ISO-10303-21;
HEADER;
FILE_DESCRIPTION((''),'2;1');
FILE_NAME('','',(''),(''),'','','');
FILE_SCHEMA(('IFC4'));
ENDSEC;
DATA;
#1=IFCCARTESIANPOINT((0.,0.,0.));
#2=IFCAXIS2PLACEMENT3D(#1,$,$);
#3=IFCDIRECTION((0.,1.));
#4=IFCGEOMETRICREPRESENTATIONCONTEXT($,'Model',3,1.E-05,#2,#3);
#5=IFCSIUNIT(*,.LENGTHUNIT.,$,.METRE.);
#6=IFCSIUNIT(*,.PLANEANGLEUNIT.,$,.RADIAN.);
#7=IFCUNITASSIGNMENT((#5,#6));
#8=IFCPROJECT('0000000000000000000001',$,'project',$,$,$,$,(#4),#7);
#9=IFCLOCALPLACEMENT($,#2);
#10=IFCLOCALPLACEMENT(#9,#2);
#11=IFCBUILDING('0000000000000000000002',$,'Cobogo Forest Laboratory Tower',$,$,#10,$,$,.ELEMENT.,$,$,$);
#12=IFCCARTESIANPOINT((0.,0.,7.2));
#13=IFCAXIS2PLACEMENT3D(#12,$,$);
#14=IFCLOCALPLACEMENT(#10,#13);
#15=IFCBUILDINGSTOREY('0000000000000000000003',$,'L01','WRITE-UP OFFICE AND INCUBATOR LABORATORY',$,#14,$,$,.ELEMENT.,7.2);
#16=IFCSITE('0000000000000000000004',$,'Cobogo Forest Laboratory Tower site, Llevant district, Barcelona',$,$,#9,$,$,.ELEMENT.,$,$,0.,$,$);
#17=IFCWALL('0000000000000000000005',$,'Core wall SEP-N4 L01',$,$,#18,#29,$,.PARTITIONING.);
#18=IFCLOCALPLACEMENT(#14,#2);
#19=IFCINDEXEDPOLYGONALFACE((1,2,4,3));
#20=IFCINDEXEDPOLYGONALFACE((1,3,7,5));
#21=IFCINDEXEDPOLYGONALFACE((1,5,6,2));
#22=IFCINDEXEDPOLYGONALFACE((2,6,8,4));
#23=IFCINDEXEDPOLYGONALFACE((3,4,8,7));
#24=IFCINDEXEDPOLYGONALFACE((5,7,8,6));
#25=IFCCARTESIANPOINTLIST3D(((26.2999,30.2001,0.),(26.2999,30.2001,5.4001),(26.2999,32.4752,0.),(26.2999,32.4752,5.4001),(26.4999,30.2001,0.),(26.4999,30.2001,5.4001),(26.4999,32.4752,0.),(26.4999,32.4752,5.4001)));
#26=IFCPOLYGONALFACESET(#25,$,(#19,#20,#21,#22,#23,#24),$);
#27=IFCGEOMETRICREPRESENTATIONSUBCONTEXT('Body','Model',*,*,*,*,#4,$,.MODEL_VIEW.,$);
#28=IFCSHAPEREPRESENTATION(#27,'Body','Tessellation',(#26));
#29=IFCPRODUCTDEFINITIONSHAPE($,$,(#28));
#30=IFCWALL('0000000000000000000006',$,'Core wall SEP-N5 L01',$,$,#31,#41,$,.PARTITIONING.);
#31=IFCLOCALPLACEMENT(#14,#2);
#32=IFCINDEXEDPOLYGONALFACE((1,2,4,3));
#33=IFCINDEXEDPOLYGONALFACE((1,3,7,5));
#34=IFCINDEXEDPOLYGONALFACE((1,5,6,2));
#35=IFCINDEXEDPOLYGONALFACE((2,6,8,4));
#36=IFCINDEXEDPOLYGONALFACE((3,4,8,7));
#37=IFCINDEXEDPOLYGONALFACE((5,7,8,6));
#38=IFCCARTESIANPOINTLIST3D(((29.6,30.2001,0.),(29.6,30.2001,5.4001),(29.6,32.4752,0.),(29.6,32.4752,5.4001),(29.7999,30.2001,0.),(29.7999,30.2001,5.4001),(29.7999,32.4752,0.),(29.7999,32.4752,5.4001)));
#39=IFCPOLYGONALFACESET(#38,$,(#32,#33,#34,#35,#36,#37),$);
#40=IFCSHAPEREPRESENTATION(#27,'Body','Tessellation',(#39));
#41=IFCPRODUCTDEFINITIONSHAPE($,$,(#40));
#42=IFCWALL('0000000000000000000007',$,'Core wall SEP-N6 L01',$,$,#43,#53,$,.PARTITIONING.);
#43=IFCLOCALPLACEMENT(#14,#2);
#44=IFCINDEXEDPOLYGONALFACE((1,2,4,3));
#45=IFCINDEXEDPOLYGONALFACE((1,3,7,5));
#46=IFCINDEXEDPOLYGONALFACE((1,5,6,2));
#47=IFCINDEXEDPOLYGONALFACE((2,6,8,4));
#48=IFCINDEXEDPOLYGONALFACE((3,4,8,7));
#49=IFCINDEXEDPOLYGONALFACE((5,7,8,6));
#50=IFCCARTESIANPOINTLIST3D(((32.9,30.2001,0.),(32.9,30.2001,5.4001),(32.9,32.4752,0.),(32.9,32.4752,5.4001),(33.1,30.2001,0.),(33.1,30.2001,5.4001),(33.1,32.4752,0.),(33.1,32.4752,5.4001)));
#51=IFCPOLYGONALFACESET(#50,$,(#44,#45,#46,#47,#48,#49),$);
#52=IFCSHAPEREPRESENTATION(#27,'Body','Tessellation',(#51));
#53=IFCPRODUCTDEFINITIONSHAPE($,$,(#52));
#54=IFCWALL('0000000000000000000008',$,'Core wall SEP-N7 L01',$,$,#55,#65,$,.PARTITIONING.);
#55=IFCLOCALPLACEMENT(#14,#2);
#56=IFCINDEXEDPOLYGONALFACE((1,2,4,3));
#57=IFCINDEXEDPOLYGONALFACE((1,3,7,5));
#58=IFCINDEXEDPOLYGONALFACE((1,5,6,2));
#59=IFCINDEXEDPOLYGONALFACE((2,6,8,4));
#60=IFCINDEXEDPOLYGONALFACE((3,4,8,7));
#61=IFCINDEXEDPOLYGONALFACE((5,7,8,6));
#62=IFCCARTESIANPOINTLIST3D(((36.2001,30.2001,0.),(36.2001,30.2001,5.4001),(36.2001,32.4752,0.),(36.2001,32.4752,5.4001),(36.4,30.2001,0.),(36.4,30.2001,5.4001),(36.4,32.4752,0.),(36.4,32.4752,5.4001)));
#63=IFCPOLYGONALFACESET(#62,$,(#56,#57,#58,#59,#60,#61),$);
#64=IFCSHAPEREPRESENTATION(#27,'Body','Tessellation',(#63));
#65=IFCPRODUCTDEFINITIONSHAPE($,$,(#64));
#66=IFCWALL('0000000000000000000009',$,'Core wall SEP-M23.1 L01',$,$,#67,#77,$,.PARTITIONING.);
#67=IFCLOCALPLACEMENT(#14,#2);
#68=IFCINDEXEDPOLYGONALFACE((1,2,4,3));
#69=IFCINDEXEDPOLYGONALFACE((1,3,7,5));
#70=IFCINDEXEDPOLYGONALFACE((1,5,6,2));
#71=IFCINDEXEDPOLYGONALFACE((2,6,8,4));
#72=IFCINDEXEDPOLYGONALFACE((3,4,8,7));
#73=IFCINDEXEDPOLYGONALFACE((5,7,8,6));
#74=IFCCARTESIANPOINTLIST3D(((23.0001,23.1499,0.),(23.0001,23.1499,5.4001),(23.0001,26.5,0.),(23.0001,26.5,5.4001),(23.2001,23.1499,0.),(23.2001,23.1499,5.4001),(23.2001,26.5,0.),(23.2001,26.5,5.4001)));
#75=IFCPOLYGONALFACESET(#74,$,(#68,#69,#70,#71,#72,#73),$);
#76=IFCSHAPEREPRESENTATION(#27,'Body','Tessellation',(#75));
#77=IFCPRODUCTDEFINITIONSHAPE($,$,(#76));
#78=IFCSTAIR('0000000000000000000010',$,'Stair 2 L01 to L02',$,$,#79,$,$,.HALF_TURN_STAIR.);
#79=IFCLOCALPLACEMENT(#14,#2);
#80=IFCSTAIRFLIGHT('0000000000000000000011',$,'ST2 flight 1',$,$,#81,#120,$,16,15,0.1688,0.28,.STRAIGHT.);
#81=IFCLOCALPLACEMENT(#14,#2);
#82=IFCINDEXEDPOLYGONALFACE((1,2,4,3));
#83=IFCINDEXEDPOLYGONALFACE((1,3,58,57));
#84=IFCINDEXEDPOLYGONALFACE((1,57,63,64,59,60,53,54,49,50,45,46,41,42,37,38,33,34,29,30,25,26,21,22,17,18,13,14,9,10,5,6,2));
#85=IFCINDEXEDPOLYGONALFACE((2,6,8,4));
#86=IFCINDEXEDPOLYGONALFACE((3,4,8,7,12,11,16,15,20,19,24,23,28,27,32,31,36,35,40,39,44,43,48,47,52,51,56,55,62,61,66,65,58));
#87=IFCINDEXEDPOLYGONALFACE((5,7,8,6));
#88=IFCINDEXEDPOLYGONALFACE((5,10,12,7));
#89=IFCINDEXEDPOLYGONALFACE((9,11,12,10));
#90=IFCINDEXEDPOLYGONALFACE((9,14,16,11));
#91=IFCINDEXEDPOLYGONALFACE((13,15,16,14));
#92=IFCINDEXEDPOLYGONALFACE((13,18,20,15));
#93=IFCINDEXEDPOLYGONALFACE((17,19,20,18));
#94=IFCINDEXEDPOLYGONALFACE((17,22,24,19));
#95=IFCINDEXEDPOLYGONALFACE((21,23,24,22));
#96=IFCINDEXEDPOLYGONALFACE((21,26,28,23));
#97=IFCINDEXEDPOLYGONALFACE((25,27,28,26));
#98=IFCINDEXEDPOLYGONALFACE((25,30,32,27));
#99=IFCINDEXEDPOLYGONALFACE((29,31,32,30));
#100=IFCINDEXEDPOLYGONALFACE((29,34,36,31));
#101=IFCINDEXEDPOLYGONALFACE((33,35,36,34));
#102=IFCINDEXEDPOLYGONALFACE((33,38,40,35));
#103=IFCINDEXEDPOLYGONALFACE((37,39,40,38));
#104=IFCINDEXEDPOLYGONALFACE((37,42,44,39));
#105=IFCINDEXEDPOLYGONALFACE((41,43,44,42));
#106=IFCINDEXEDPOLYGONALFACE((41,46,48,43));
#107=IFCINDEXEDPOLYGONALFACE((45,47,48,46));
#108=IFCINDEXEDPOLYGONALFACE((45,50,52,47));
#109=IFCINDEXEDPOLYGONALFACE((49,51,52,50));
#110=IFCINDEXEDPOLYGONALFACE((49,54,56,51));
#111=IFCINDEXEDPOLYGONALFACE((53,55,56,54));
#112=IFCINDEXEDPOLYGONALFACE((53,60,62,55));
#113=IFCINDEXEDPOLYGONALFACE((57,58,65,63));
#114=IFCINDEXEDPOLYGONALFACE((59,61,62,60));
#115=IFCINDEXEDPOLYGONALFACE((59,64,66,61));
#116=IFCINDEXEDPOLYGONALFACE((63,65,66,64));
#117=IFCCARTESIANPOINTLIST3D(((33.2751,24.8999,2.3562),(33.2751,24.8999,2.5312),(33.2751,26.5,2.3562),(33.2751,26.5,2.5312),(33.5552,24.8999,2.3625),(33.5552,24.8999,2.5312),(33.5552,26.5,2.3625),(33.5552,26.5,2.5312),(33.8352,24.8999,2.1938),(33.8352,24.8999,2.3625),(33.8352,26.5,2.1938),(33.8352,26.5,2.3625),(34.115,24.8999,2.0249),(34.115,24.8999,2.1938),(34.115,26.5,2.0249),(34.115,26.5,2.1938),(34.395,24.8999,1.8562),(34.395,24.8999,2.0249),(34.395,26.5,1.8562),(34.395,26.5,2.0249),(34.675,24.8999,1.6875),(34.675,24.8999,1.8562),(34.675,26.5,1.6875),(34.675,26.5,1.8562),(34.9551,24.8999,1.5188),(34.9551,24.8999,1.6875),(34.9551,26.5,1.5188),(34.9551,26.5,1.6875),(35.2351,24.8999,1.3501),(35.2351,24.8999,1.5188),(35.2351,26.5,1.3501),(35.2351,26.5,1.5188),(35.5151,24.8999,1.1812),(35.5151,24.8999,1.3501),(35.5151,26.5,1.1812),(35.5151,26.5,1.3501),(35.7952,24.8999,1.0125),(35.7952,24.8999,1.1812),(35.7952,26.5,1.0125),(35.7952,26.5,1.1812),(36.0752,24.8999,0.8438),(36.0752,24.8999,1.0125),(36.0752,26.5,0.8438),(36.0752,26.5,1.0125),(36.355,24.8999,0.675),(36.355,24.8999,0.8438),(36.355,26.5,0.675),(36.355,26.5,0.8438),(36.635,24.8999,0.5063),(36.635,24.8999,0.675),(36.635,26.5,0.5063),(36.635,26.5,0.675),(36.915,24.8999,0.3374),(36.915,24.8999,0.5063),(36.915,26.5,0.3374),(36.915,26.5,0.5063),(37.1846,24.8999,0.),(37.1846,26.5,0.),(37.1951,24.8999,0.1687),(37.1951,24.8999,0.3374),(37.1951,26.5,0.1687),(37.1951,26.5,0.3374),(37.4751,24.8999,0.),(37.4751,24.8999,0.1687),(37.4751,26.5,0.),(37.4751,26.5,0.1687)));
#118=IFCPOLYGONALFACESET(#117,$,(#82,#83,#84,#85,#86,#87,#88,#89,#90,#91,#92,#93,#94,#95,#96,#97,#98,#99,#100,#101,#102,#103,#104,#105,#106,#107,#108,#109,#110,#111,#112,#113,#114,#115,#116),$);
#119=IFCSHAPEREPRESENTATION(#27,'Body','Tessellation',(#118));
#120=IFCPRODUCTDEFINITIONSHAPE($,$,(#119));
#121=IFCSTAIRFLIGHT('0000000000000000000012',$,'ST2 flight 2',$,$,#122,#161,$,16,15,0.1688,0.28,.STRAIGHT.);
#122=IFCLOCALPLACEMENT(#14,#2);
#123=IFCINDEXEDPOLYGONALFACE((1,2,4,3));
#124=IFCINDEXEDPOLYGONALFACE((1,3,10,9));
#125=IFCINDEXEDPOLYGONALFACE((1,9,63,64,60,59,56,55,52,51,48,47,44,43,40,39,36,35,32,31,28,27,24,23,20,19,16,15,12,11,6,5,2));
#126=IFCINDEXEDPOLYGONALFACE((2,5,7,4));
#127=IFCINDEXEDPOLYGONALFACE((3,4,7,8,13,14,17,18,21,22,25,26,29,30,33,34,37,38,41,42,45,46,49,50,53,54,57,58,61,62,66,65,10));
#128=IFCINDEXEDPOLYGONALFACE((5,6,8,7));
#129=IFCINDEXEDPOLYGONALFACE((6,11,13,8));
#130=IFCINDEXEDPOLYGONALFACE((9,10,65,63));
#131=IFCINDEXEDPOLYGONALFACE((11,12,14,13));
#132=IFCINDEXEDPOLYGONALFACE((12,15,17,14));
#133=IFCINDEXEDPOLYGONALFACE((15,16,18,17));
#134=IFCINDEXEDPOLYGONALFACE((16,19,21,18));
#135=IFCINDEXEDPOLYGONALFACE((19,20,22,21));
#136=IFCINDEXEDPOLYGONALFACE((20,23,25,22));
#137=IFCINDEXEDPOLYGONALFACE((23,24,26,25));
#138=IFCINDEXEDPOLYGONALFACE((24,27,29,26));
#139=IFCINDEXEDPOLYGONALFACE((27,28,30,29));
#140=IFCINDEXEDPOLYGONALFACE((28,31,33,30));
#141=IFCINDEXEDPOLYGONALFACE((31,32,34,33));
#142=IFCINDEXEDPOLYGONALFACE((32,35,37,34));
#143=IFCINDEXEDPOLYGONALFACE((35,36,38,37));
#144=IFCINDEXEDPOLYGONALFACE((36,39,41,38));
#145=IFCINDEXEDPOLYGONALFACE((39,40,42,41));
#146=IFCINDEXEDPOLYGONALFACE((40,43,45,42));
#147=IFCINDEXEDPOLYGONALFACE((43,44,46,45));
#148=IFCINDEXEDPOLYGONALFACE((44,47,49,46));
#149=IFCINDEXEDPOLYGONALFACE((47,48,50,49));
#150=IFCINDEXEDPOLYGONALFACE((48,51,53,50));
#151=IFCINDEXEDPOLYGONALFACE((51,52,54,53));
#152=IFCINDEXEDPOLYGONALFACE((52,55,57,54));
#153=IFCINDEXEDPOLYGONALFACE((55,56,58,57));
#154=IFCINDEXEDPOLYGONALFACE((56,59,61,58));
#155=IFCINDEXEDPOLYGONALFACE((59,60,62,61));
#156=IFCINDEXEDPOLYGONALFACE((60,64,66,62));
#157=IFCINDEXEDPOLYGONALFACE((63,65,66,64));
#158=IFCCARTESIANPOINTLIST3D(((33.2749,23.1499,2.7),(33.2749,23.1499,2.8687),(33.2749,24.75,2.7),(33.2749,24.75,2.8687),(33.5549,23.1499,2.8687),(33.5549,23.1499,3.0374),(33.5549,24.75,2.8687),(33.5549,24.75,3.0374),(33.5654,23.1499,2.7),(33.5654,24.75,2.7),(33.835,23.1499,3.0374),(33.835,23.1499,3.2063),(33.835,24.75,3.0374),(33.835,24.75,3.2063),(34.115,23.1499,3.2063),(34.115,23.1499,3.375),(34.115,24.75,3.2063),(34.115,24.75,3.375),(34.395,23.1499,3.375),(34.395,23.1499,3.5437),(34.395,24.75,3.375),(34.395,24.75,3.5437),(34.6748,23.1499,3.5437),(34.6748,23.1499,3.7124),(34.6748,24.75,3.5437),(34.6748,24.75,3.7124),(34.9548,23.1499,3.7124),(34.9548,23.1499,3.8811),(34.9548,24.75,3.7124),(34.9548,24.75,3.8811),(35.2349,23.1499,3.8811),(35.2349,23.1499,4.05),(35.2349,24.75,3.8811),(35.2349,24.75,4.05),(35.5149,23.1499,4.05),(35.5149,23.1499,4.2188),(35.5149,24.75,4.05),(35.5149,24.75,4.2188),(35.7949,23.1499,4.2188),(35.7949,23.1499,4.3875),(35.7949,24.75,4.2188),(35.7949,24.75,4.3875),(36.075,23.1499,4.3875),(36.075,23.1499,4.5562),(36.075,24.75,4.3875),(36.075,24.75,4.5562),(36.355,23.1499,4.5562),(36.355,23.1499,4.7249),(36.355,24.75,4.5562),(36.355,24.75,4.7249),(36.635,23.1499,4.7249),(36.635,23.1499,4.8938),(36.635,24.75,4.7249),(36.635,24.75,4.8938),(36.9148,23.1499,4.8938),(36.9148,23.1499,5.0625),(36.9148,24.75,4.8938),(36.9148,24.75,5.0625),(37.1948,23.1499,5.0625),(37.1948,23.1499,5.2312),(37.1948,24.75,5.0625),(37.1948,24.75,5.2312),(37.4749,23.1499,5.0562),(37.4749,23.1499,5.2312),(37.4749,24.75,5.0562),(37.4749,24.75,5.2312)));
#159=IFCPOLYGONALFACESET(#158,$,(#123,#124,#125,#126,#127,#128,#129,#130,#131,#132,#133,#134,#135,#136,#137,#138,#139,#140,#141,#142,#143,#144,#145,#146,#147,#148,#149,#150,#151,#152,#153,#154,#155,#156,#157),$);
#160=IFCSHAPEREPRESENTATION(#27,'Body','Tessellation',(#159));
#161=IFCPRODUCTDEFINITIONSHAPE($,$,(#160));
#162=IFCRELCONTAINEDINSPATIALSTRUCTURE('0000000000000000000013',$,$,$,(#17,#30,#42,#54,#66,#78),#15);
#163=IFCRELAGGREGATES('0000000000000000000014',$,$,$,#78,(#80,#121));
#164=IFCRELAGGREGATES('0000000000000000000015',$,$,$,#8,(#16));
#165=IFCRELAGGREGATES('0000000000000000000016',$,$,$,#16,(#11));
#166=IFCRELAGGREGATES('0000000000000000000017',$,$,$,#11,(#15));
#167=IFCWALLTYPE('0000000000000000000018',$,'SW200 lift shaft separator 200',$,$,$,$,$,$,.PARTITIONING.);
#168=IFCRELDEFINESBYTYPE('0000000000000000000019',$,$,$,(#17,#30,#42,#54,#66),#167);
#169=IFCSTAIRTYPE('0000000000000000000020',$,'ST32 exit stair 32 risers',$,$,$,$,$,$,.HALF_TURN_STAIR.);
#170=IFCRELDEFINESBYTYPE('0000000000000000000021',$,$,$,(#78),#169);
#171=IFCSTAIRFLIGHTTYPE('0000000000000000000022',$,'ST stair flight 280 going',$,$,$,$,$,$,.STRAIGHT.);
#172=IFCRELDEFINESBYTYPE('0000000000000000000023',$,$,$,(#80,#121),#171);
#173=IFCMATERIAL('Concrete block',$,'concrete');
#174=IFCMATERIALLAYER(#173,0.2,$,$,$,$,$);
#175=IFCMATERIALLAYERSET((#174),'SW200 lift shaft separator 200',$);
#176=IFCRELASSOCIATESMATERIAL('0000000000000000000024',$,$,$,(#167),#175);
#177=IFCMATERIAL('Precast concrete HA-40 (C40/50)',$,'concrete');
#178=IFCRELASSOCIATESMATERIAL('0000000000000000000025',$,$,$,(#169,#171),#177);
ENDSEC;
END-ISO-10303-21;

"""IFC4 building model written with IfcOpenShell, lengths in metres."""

from ifc_helpers import new_model, si_unit, direction, frame, frame_2d, origin, place, context, subcontext, project, spatial, polyline, rectangle, outline, extrude, material, layer, layer_set, type_object, element, aggregate, save


model = new_model("IFC4")

# Units and contexts
model_context = context("Model", 3, precision=1e-05, world=origin(), true_north=direction((0.0, 1.0)))
body_context = subcontext(model_context, "Body", "Model", "MODEL_VIEW")
ifc_project = project(units=[si_unit("LENGTHUNIT", "METRE"), si_unit("PLANEANGLEUNIT", "RADIAN")], contexts=[model_context])

# Site, building, storey
site_placement = place(None, origin())
site = spatial("IfcSite", under=ifc_project, at=site_placement, Name="Cobogo Forest Laboratory Tower site, Llevant district, Barcelona", CompositionType="ELEMENT", RefElevation=0.0)
building_placement = place(site_placement, origin())
building = spatial("IfcBuilding", under=site, at=building_placement, Name="Cobogo Forest Laboratory Tower", CompositionType="ELEMENT")
storey_placement = place(building_placement, frame((0.0, 0.0, 7.2)))
storey = spatial("IfcBuildingStorey", under=building, at=storey_placement, Name="L01", Description="WRITE-UP OFFICE AND INCUBATOR LABORATORY", CompositionType="ELEMENT", Elevation=7.2)

# Walls
ifc_material_1 = material(Name="Concrete block", Category="concrete")
ifc_layer_1 = layer(ifc_material_1, 0.2)
ifc_layer_set_1 = layer_set([ifc_layer_1], Name="SW200 lift shaft separator 200")
wall_type_1 = type_object("IfcWallType", Name="SW200 lift shaft separator 200", PredefinedType="PARTITIONING", material=ifc_layer_set_1)
for number, where, z_axis, x_axis, name in (
    (1, (26.3999, 30.2, 0.0), (0.0, 0.0, 1.0), (0.0, 1.0, 0.0), "Core wall SEP-N4 L01"),
    (2, (29.7, 30.2, 0.0), (0.0, 0.0, 1.0), (0.0, 1.0, 0.0), "Core wall SEP-N5 L01"),
    (3, (33.0, 30.2, 0.0), (0.0, 0.0, 1.0), (0.0, 1.0, 0.0), "Core wall SEP-N6 L01"),
    (4, (36.3, 30.2, 0.0), (0.0, 0.0, 1.0), (0.0, 1.0, 0.0), "Core wall SEP-N7 L01"),
):
    element("IfcWall", number, at=place(storey_placement, frame(where, z_axis=z_axis, x_axis=x_axis)), inside=storey, type_object=wall_type_1, Name=name, PredefinedType="PARTITIONING", context=body_context, shape_type="SweptSolid", body=[
        extrude(rectangle(XDim=2.2751, YDim=0.2, at=frame_2d((1.1377, 0.0))), origin(), (0.0, 0.0, 1.0), 5.4001),
    ])
wall_1_placement = place(storey_placement, frame((23.1001, 23.1499, 0.0), z_axis=(0.0, 0.0, 1.0), x_axis=(0.0, 1.0, 0.0)))
element("IfcWall", 5, at=wall_1_placement, inside=storey, type_object=wall_type_1, Name="Core wall SEP-M23.1 L01", PredefinedType="PARTITIONING", context=body_context, shape_type="SweptSolid", body=[
    extrude(rectangle(XDim=3.3501, YDim=0.2, at=frame_2d((1.675, 0.0))), origin(), (0.0, 0.0, 1.0), 5.4001),
])

# Stair, stair flights
ifc_material_2 = material(Name="Precast concrete HA-40 (C40/50)", Category="concrete")
stair_type = type_object("IfcStairType", Name="ST32 exit stair 32 risers", PredefinedType="HALF_TURN_STAIR", material=ifc_material_2)
stair_placement = place(storey_placement, origin())
stair = element("IfcStair", 6, at=stair_placement, inside=storey, type_object=stair_type, Name="Stair 2 L01 to L02", PredefinedType="HALF_TURN_STAIR")
stair_flight_type = type_object("IfcStairFlightType", Name="ST stair flight 280 going", PredefinedType="STRAIGHT", material=ifc_material_2)
stair_flight_1_placement = place(storey_placement, frame((37.4751, 25.7, 0.0), z_axis=(0.0, 0.0, 1.0), x_axis=(-1.0, 0.0, 0.0)))
stair_flight_1 = element("IfcStairFlight", 7, at=stair_flight_1_placement, type_object=stair_flight_type, Name="ST2 flight 1", NumberOfRisers=16, NumberOfTreads=15, PredefinedType="STRAIGHT", RiserHeight=0.1688, TreadLength=0.28, context=body_context, shape_type="SweptSolid", body=[
    extrude(outline(polyline([(0.0, 0.0), (0.0, 0.1687), (0.28, 0.1687), (0.28, 0.3374), (0.5601, 0.3374), (0.5601, 0.5063), (0.8401, 0.5063), (0.8401, 0.675), (1.1201, 0.675), (1.1201, 0.8438), (1.3999, 0.8438), (1.3999, 1.0125), (1.6799, 1.0125), (1.6799, 1.1812), (1.96, 1.1812), (1.96, 1.3501), (2.24, 1.3501), (2.24, 1.5188), (2.52, 1.5188), (2.52, 1.6875), (2.8, 1.6875), (2.8, 1.8562), (3.0801, 1.8562), (3.0801, 2.0249), (3.3601, 2.0249), (3.3601, 2.1938), (3.6399, 2.1938), (3.6399, 2.3625), (3.9199, 2.3625), (3.9199, 2.5312), (4.2, 2.5312), (4.2, 2.7), (4.2, 2.3562), (0.2905, 0.0), (0.0, 0.0)])), frame((0.0, 0.8, 0.0), z_axis=(0.0, -1.0, 0.0), x_axis=(1.0, 0.0, 0.0)), (0.0, 0.0, 1.0), 1.6001),
])
stair_flight_2_placement = place(storey_placement, frame((33.2749, 23.95, 2.7), z_axis=(0.0, 0.0, 1.0), x_axis=(1.0, 0.0, 0.0)))
stair_flight_2 = element("IfcStairFlight", 8, at=stair_flight_2_placement, type_object=stair_flight_type, Name="ST2 flight 2", NumberOfRisers=16, NumberOfTreads=15, PredefinedType="STRAIGHT", RiserHeight=0.1688, TreadLength=0.28, context=body_context, shape_type="SweptSolid", body=[
    extrude(outline(polyline([(0.0, 0.0), (0.0, 0.1687), (0.28, 0.1687), (0.28, 0.3374), (0.5601, 0.3374), (0.5601, 0.5063), (0.8401, 0.5063), (0.8401, 0.675), (1.1201, 0.675), (1.1201, 0.8438), (1.3999, 0.8438), (1.3999, 1.0125), (1.6799, 1.0125), (1.6799, 1.1812), (1.96, 1.1812), (1.96, 1.3501), (2.24, 1.3501), (2.24, 1.5188), (2.52, 1.5188), (2.52, 1.6875), (2.8, 1.6875), (2.8, 1.8562), (3.0801, 1.8562), (3.0801, 2.0249), (3.3601, 2.0249), (3.3601, 2.1938), (3.6399, 2.1938), (3.6399, 2.3625), (3.9199, 2.3625), (3.9199, 2.5312), (4.2, 2.5312), (4.2, 2.7), (4.2, 2.3562), (0.2905, 0.0), (0.0, 0.0)])), frame((0.0, 0.8, 0.0), z_axis=(0.0, -1.0, 0.0), x_axis=(1.0, 0.0, 0.0)), (0.0, 0.0, 1.0), 1.6001),
])
aggregate(stair, [stair_flight_1, stair_flight_2])

save(model, "model.ifc")
